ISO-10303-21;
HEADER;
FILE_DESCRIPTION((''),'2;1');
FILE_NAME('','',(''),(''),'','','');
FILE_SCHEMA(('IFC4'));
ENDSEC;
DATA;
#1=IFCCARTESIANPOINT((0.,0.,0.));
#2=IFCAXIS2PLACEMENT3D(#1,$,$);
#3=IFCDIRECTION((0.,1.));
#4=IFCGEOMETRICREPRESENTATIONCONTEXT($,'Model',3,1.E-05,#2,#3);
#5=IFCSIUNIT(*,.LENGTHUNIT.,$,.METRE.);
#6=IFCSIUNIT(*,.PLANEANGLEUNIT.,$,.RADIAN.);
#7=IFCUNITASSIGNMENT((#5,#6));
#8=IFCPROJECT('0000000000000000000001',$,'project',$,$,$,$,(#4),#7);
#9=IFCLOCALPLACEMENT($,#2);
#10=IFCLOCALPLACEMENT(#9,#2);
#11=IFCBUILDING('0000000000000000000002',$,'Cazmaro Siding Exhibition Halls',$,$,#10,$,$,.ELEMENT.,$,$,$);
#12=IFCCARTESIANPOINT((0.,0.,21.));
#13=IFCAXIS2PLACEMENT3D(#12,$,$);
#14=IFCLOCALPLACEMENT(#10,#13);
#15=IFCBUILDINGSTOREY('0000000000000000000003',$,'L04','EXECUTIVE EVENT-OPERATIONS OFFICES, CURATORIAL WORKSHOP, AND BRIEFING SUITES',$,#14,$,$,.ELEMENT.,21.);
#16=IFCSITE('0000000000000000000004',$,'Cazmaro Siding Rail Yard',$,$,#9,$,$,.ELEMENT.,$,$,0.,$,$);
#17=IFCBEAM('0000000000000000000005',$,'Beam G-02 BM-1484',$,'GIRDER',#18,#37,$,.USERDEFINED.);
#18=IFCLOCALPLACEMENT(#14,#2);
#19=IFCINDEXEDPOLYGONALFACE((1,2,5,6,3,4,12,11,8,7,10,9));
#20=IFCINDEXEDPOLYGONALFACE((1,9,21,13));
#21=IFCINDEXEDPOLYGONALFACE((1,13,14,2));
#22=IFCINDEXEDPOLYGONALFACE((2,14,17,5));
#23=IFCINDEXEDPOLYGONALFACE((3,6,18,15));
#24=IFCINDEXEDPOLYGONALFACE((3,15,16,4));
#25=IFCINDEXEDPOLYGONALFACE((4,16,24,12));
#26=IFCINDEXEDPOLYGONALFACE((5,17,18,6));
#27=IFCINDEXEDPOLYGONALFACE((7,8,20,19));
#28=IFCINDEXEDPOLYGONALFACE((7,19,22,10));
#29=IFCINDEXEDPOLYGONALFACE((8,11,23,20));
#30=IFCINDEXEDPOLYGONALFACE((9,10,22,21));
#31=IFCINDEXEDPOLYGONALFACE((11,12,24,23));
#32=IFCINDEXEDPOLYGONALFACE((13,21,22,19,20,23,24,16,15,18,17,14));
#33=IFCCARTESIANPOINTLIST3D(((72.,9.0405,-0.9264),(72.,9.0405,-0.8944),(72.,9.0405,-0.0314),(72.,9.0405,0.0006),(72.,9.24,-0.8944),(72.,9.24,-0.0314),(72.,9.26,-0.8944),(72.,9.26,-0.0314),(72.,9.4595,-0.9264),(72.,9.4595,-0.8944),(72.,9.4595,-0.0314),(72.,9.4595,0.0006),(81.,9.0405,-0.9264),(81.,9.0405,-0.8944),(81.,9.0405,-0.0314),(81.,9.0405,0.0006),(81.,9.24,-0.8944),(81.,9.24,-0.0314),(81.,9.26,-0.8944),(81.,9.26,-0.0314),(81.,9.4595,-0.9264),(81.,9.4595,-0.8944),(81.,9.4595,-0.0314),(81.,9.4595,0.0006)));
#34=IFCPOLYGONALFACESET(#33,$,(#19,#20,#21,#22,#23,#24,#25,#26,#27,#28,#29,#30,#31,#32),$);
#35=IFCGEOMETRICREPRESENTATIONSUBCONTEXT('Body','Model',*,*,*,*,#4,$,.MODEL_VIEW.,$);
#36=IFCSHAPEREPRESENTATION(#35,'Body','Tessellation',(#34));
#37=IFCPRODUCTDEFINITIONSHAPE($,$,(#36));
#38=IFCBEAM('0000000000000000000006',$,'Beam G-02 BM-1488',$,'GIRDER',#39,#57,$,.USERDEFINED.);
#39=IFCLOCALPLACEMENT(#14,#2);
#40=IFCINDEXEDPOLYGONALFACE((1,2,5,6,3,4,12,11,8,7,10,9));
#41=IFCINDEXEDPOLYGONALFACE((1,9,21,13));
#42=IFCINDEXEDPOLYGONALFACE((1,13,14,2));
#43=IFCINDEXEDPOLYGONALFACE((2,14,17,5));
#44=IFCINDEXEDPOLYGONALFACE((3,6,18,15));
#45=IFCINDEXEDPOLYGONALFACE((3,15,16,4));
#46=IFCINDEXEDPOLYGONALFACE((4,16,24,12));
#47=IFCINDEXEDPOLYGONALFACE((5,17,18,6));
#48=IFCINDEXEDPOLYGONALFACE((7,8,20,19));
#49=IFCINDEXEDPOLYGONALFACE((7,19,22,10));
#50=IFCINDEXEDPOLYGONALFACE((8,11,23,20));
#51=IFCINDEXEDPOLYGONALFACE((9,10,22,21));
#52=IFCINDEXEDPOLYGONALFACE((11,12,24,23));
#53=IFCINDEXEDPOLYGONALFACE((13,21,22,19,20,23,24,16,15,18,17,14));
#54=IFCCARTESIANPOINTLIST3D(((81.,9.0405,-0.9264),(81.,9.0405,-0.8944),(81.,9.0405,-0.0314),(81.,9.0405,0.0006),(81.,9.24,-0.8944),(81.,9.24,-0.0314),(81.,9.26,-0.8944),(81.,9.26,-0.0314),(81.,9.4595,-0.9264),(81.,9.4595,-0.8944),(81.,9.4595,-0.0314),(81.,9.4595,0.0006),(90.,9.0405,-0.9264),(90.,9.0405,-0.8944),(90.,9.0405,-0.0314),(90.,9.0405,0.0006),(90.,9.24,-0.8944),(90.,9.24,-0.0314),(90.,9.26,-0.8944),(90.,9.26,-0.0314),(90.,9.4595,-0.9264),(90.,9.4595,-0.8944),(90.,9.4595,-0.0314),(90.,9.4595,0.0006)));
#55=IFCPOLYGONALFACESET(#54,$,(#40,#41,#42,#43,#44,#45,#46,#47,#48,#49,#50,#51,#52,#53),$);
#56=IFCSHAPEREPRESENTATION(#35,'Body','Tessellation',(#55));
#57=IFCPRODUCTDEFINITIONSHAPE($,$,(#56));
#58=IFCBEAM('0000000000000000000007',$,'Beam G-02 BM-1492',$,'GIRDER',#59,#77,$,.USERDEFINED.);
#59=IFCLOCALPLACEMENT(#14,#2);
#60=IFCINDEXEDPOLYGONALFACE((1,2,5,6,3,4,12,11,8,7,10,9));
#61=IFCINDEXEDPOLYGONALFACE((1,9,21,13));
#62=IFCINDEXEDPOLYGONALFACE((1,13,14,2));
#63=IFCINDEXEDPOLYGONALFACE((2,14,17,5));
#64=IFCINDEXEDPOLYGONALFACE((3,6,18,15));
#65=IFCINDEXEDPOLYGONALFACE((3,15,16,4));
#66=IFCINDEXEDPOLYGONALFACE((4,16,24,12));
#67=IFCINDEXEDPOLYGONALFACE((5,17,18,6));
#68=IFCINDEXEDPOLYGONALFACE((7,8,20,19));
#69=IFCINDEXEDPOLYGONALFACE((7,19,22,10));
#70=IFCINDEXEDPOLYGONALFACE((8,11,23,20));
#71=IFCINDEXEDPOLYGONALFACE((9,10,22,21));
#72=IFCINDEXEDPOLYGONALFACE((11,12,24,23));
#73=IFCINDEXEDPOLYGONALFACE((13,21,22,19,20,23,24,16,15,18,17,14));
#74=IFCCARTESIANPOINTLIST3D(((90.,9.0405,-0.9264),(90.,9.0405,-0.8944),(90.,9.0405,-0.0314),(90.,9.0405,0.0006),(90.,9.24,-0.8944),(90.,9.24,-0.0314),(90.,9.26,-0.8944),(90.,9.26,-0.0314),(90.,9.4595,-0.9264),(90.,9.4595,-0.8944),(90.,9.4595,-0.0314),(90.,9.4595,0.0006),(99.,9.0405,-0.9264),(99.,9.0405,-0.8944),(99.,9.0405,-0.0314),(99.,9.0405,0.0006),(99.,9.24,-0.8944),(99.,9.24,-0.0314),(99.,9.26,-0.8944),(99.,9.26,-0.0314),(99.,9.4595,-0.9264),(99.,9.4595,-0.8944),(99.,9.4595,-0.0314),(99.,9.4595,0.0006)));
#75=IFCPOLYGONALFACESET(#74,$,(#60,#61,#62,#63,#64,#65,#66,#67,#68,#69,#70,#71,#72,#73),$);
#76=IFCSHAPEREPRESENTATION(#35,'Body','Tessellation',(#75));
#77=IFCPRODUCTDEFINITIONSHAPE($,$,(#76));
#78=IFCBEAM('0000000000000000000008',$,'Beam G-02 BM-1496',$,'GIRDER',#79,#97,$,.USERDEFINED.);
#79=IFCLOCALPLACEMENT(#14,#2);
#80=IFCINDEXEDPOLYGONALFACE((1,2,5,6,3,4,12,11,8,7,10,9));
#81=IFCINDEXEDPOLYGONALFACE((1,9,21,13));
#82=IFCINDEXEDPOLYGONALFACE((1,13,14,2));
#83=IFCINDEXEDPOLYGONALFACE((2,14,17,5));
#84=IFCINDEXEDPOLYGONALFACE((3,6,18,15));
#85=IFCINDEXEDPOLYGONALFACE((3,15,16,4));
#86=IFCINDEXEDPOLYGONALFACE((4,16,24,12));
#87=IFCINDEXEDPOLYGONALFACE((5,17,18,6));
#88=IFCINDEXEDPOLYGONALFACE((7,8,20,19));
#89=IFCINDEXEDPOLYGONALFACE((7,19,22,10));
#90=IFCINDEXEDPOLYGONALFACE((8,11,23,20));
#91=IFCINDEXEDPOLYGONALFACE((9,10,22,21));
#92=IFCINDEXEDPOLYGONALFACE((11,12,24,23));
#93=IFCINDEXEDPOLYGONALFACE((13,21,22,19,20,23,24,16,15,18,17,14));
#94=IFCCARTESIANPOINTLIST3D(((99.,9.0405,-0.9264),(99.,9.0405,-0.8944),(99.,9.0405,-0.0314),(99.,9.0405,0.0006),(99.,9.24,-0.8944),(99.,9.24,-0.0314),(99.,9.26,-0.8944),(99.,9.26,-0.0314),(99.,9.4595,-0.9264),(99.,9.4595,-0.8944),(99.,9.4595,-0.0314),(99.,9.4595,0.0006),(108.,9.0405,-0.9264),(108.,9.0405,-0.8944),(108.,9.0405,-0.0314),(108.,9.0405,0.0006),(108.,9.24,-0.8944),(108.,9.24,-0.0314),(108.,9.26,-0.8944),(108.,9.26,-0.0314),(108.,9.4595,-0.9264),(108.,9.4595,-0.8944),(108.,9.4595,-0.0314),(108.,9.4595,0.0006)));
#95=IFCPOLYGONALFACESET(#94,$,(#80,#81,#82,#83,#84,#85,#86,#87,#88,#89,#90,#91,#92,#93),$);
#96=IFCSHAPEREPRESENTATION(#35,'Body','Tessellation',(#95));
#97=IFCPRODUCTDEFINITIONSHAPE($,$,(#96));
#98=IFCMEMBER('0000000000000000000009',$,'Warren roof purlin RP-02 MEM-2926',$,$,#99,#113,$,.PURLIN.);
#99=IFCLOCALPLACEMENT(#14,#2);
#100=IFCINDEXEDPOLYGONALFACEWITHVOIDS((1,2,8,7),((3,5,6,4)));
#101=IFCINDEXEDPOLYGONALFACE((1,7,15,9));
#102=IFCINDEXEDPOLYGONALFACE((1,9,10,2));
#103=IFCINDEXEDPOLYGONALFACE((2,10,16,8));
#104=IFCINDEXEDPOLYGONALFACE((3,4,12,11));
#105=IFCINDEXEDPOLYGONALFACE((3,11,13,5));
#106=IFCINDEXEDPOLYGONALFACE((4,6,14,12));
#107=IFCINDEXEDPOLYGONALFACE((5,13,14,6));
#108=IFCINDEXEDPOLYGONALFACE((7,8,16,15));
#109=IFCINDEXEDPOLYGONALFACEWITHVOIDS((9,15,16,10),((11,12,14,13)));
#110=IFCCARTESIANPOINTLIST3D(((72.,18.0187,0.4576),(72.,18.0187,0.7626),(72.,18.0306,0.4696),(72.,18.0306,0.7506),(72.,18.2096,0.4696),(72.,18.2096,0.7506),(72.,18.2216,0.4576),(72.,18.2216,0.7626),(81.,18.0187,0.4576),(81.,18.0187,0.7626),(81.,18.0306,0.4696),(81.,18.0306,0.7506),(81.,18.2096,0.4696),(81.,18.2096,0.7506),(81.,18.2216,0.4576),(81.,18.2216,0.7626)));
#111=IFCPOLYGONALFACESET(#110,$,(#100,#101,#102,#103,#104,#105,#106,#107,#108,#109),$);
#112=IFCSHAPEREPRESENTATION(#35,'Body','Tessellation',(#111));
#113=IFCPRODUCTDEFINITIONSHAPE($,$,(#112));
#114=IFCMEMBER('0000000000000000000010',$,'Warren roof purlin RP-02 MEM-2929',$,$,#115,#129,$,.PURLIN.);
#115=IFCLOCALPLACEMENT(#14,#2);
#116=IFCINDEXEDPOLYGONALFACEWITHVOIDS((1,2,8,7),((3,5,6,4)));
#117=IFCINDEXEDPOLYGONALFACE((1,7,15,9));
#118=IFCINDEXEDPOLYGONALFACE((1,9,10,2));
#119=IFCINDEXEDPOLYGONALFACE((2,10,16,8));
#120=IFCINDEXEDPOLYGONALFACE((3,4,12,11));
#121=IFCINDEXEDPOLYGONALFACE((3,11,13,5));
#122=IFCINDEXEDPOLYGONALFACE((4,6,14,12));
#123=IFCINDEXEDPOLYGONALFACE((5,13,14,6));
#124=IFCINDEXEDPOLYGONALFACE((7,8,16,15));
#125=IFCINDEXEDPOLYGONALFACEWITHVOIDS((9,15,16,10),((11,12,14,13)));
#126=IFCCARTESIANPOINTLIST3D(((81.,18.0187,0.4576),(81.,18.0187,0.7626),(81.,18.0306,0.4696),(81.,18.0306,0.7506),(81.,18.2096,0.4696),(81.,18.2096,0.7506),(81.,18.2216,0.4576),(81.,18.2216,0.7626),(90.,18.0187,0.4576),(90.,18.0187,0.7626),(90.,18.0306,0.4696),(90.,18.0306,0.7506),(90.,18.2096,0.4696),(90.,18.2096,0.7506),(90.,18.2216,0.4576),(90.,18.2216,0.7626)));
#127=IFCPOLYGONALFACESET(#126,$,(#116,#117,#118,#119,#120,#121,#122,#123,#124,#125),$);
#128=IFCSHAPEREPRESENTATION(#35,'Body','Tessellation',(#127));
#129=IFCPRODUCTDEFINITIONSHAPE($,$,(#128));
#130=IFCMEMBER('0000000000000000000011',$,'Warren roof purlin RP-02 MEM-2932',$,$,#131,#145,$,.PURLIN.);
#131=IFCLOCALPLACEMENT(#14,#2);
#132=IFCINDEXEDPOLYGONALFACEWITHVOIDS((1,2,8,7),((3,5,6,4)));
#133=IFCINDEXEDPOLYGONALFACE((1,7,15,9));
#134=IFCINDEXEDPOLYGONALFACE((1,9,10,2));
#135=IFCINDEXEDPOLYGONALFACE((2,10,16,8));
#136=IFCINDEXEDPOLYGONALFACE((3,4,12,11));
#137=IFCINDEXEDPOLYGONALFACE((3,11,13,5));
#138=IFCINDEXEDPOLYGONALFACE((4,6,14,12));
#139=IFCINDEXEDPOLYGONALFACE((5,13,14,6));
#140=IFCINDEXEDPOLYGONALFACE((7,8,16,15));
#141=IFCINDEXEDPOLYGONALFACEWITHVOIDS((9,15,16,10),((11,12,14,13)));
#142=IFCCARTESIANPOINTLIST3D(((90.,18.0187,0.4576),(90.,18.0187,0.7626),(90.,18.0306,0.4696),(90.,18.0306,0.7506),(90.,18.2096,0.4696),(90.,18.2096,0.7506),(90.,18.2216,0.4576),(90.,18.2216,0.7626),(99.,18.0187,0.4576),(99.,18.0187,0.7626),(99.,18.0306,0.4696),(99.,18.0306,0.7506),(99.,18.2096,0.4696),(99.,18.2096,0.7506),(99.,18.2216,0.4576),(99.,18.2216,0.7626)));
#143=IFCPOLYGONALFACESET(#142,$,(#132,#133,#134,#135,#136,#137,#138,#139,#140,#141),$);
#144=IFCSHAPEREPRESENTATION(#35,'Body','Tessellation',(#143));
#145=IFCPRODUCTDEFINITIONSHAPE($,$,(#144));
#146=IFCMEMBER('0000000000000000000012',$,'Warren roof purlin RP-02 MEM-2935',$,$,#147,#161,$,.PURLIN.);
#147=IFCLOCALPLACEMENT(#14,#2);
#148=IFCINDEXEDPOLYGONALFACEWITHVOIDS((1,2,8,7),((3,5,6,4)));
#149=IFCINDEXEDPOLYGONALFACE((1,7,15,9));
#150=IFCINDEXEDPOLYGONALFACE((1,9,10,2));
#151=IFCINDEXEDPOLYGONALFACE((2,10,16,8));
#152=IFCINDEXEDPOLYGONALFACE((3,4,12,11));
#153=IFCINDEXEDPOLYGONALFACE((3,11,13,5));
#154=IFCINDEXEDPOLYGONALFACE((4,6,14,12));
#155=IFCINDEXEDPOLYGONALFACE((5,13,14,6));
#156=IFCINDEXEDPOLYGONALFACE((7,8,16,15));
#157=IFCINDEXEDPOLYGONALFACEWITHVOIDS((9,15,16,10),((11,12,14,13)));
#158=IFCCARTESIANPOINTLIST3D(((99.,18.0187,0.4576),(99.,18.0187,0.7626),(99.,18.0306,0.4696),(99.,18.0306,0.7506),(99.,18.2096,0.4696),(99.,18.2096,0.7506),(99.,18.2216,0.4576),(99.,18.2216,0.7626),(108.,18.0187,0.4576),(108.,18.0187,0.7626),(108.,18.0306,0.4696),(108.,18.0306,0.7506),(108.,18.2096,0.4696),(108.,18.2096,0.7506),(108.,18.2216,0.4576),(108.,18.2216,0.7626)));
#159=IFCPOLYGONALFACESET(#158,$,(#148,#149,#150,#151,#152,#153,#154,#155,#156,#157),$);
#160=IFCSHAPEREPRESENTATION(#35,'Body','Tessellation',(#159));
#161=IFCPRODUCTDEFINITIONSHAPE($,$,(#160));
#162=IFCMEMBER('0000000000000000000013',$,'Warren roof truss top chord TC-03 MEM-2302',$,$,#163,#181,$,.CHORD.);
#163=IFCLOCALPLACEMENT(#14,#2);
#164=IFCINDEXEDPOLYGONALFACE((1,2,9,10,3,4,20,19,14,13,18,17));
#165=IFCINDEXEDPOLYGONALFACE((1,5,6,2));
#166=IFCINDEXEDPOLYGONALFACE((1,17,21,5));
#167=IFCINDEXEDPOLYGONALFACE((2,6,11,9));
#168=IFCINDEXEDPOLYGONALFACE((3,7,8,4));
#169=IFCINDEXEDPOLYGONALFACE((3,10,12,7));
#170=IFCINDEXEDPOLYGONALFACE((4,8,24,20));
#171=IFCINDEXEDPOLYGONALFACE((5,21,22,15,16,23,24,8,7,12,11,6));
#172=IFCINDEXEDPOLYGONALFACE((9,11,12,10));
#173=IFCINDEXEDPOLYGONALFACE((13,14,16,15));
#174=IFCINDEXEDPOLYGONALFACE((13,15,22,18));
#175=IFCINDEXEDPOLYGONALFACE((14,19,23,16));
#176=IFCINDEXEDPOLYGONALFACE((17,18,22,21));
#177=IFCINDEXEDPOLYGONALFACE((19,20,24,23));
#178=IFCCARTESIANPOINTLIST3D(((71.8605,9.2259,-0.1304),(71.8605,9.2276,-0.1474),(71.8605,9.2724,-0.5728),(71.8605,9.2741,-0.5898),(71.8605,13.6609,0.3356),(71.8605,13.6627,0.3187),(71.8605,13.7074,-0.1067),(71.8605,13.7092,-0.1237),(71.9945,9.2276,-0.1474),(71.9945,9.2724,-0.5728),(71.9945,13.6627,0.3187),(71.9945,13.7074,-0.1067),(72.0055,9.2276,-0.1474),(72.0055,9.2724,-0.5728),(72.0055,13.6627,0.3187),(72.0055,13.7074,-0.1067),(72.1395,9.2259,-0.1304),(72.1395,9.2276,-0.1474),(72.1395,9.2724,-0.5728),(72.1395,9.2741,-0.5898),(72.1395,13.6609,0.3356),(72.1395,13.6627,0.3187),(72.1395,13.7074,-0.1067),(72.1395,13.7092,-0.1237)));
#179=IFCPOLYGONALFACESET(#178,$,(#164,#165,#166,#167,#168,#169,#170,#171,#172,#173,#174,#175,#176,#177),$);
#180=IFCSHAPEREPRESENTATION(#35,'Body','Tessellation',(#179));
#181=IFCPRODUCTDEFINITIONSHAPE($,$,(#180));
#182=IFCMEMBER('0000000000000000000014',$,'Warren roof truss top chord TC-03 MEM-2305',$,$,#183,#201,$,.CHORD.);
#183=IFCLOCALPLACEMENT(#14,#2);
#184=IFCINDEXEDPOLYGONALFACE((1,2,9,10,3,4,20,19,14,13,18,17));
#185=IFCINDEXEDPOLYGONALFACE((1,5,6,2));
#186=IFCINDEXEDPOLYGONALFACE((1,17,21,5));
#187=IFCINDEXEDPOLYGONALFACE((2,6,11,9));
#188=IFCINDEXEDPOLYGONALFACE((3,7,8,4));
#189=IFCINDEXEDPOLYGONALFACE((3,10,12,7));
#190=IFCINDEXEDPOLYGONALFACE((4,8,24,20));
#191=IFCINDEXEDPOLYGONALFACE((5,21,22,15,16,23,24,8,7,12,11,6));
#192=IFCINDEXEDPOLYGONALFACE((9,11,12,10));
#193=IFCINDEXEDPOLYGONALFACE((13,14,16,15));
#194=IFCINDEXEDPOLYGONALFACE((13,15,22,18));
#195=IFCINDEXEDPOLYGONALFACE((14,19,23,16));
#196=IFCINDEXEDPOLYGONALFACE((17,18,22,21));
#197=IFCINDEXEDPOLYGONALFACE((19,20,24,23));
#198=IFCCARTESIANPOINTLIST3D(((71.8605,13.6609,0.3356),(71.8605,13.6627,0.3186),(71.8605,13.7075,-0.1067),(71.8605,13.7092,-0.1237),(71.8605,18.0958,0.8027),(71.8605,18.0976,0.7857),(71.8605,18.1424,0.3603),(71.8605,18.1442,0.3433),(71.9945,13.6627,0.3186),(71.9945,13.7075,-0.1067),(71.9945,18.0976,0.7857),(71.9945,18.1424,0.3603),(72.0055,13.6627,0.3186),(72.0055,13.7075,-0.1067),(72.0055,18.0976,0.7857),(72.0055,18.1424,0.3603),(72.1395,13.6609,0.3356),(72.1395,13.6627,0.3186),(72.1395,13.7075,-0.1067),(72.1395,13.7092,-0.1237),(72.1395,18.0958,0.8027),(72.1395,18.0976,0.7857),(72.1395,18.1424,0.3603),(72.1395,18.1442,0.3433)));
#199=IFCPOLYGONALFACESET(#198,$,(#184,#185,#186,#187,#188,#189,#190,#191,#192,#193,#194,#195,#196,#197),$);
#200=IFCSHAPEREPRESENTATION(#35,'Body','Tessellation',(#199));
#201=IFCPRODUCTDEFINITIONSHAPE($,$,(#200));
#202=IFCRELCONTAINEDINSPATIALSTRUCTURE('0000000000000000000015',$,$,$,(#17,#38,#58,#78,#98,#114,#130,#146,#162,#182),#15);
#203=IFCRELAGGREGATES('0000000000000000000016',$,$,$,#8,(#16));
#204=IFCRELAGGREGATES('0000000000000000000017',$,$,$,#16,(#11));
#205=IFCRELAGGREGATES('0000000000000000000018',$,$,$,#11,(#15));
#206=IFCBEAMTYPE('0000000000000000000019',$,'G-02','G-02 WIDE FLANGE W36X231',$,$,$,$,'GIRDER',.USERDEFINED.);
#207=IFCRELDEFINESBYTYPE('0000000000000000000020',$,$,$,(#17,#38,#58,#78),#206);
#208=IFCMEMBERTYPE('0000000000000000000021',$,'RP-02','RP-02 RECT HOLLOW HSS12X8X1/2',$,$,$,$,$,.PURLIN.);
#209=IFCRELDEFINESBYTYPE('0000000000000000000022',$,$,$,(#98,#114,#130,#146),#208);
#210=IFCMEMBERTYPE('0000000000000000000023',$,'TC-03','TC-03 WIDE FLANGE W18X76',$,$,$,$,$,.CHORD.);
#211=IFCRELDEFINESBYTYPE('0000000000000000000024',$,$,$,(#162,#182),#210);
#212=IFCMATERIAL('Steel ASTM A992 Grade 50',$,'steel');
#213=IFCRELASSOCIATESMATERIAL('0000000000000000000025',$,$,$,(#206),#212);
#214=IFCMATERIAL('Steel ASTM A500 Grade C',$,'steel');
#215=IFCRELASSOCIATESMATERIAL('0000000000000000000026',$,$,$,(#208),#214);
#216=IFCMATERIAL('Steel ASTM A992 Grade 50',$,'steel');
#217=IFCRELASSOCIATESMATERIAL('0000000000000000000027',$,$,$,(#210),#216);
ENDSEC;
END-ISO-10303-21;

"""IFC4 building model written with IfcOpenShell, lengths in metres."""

from ifc_helpers import new_model, si_unit, direction, frame, origin, origin_2d, place, context, subcontext, project, spatial, hollow_rectangle, i_section, extrude, material, material_profile, profile_set, type_object, element, save


model = new_model("IFC4")

# Units and contexts
model_context = context("Model", 3, precision=1e-05, world=origin(), true_north=direction((0.0, 1.0)))
body_context = subcontext(model_context, "Body", "Model", "MODEL_VIEW")
ifc_project = project(units=[si_unit("LENGTHUNIT", "METRE"), si_unit("PLANEANGLEUNIT", "RADIAN")], contexts=[model_context])

# Site, building, storey
site_placement = place(None, origin())
site = spatial("IfcSite", under=ifc_project, at=site_placement, Name="Cazmaro Siding Rail Yard", CompositionType="ELEMENT", RefElevation=0.0)
building_placement = place(site_placement, origin())
building = spatial("IfcBuilding", under=site, at=building_placement, Name="Cazmaro Siding Exhibition Halls", CompositionType="ELEMENT")
storey_placement = place(building_placement, frame((0.0, 0.0, 21.0)))
storey = spatial("IfcBuildingStorey", under=building, at=storey_placement, Name="L04", Description="EXECUTIVE EVENT-OPERATIONS OFFICES, CURATORIAL WORKSHOP, AND BRIEFING SUITES", CompositionType="ELEMENT", Elevation=21.0)

# Beams
ifc_material_1 = material(Name="Steel ASTM A992 Grade 50", Category="steel")
ifc_material_profile_1 = material_profile(ifc_material_1, i_section(OverallWidth=0.4189, OverallDepth=0.927, WebThickness=0.02, FlangeThickness=0.032, at=origin_2d()), Name="W36X231")
ifc_profile_set_1 = profile_set([ifc_material_profile_1], Name="Steel ASTM A992 Grade 50")
beam_type = type_object("IfcBeamType", Name="G-02", Description="G-02 WIDE FLANGE W36X231", ElementType="GIRDER", PredefinedType="USERDEFINED", material=ifc_profile_set_1)
for number, where, z_axis, x_axis, name in (
    (1, (72.0, 9.25, -0.4629), (1.0, 0.0, 0.0), (0.0, 1.0, 0.0), "Beam G-02 BM-1484"),
    (2, (81.0, 9.25, -0.4629), (1.0, 0.0, 0.0), (0.0, 1.0, 0.0), "Beam G-02 BM-1488"),
    (3, (90.0, 9.25, -0.4629), (1.0, 0.0, 0.0), (0.0, 1.0, 0.0), "Beam G-02 BM-1492"),
    (4, (99.0, 9.25, -0.4629), (1.0, 0.0, 0.0), (0.0, 1.0, 0.0), "Beam G-02 BM-1496"),
):
    element("IfcBeam", number, at=place(storey_placement, frame(where, z_axis=z_axis, x_axis=x_axis)), inside=storey, type_object=beam_type, Name=name, ObjectType="GIRDER", PredefinedType="USERDEFINED", context=body_context, shape_type="SweptSolid", body=[
        extrude(i_section(OverallWidth=0.4189, OverallDepth=0.927, WebThickness=0.02, FlangeThickness=0.032, at=origin_2d()), origin(), (0.0, 0.0, 1.0), 9.0),
    ])

# Members
ifc_material_2 = material(Name="Steel ASTM A500 Grade C", Category="steel")
ifc_material_profile_2 = material_profile(ifc_material_2, hollow_rectangle(XDim=0.2029, YDim=0.3049, WallThickness=0.012, at=origin_2d()), Name="HSS12X8X1/2")
ifc_profile_set_2 = profile_set([ifc_material_profile_2], Name="Steel ASTM A500 Grade C")
member_type_1 = type_object("IfcMemberType", Name="RP-02", Description="RP-02 RECT HOLLOW HSS12X8X1/2", PredefinedType="PURLIN", material=ifc_profile_set_2)
for number, where, z_axis, x_axis, name in (
    (5, (72.0, 18.1201, 0.6101), (1.0, 0.0, 0.0), (0.0, 1.0, 0.0), "Warren roof purlin RP-02 MEM-2926"),
    (6, (81.0, 18.1201, 0.6101), (1.0, 0.0, 0.0), (0.0, 1.0, 0.0), "Warren roof purlin RP-02 MEM-2929"),
    (7, (90.0, 18.1201, 0.6101), (1.0, 0.0, 0.0), (0.0, 1.0, 0.0), "Warren roof purlin RP-02 MEM-2932"),
    (8, (99.0, 18.1201, 0.6101), (1.0, 0.0, 0.0), (0.0, 1.0, 0.0), "Warren roof purlin RP-02 MEM-2935"),
):
    element("IfcMember", number, at=place(storey_placement, frame(where, z_axis=z_axis, x_axis=x_axis)), inside=storey, type_object=member_type_1, Name=name, PredefinedType="PURLIN", context=body_context, shape_type="SweptSolid", body=[
        extrude(hollow_rectangle(XDim=0.2029, YDim=0.3049, WallThickness=0.012, at=origin_2d()), origin(), (0.0, 0.0, 1.0), 9.0),
    ])
ifc_material_3 = material(Name="Steel ASTM A992 Grade 50", Category="steel")
ifc_material_profile_3 = material_profile(ifc_material_3, i_section(OverallWidth=0.2791, OverallDepth=0.4619, WebThickness=0.011, FlangeThickness=0.0171, at=origin_2d()), Name="W18X76")
ifc_profile_set_3 = profile_set([ifc_material_profile_3], Name="Steel ASTM A992 Grade 50")
member_type_2 = type_object("IfcMemberType", Name="TC-03", Description="TC-03 WIDE FLANGE W18X76", PredefinedType="CHORD", material=ifc_profile_set_3)
for number, where, z_axis, x_axis, name in (
    (9, (72.0, 9.25, -0.3601), (0.0, 0.994524, 0.104511), (-1.0, 0.0, 0.0), "Warren roof truss top chord TC-03 MEM-2302"),
    (10, (72.0, 13.6851, 0.106), (0.0, 0.994501, 0.104728), (-1.0, 0.0, 0.0), "Warren roof truss top chord TC-03 MEM-2305"),
):
    element("IfcMember", number, at=place(storey_placement, frame(where, z_axis=z_axis, x_axis=x_axis)), inside=storey, type_object=member_type_2, Name=name, PredefinedType="CHORD", context=body_context, shape_type="SweptSolid", body=[
        extrude(i_section(OverallWidth=0.2791, OverallDepth=0.4619, WebThickness=0.011, FlangeThickness=0.0171, at=origin_2d()), origin(), (0.0, 0.0, 1.0), 4.4595),
    ])

save(model, "model.ifc")
